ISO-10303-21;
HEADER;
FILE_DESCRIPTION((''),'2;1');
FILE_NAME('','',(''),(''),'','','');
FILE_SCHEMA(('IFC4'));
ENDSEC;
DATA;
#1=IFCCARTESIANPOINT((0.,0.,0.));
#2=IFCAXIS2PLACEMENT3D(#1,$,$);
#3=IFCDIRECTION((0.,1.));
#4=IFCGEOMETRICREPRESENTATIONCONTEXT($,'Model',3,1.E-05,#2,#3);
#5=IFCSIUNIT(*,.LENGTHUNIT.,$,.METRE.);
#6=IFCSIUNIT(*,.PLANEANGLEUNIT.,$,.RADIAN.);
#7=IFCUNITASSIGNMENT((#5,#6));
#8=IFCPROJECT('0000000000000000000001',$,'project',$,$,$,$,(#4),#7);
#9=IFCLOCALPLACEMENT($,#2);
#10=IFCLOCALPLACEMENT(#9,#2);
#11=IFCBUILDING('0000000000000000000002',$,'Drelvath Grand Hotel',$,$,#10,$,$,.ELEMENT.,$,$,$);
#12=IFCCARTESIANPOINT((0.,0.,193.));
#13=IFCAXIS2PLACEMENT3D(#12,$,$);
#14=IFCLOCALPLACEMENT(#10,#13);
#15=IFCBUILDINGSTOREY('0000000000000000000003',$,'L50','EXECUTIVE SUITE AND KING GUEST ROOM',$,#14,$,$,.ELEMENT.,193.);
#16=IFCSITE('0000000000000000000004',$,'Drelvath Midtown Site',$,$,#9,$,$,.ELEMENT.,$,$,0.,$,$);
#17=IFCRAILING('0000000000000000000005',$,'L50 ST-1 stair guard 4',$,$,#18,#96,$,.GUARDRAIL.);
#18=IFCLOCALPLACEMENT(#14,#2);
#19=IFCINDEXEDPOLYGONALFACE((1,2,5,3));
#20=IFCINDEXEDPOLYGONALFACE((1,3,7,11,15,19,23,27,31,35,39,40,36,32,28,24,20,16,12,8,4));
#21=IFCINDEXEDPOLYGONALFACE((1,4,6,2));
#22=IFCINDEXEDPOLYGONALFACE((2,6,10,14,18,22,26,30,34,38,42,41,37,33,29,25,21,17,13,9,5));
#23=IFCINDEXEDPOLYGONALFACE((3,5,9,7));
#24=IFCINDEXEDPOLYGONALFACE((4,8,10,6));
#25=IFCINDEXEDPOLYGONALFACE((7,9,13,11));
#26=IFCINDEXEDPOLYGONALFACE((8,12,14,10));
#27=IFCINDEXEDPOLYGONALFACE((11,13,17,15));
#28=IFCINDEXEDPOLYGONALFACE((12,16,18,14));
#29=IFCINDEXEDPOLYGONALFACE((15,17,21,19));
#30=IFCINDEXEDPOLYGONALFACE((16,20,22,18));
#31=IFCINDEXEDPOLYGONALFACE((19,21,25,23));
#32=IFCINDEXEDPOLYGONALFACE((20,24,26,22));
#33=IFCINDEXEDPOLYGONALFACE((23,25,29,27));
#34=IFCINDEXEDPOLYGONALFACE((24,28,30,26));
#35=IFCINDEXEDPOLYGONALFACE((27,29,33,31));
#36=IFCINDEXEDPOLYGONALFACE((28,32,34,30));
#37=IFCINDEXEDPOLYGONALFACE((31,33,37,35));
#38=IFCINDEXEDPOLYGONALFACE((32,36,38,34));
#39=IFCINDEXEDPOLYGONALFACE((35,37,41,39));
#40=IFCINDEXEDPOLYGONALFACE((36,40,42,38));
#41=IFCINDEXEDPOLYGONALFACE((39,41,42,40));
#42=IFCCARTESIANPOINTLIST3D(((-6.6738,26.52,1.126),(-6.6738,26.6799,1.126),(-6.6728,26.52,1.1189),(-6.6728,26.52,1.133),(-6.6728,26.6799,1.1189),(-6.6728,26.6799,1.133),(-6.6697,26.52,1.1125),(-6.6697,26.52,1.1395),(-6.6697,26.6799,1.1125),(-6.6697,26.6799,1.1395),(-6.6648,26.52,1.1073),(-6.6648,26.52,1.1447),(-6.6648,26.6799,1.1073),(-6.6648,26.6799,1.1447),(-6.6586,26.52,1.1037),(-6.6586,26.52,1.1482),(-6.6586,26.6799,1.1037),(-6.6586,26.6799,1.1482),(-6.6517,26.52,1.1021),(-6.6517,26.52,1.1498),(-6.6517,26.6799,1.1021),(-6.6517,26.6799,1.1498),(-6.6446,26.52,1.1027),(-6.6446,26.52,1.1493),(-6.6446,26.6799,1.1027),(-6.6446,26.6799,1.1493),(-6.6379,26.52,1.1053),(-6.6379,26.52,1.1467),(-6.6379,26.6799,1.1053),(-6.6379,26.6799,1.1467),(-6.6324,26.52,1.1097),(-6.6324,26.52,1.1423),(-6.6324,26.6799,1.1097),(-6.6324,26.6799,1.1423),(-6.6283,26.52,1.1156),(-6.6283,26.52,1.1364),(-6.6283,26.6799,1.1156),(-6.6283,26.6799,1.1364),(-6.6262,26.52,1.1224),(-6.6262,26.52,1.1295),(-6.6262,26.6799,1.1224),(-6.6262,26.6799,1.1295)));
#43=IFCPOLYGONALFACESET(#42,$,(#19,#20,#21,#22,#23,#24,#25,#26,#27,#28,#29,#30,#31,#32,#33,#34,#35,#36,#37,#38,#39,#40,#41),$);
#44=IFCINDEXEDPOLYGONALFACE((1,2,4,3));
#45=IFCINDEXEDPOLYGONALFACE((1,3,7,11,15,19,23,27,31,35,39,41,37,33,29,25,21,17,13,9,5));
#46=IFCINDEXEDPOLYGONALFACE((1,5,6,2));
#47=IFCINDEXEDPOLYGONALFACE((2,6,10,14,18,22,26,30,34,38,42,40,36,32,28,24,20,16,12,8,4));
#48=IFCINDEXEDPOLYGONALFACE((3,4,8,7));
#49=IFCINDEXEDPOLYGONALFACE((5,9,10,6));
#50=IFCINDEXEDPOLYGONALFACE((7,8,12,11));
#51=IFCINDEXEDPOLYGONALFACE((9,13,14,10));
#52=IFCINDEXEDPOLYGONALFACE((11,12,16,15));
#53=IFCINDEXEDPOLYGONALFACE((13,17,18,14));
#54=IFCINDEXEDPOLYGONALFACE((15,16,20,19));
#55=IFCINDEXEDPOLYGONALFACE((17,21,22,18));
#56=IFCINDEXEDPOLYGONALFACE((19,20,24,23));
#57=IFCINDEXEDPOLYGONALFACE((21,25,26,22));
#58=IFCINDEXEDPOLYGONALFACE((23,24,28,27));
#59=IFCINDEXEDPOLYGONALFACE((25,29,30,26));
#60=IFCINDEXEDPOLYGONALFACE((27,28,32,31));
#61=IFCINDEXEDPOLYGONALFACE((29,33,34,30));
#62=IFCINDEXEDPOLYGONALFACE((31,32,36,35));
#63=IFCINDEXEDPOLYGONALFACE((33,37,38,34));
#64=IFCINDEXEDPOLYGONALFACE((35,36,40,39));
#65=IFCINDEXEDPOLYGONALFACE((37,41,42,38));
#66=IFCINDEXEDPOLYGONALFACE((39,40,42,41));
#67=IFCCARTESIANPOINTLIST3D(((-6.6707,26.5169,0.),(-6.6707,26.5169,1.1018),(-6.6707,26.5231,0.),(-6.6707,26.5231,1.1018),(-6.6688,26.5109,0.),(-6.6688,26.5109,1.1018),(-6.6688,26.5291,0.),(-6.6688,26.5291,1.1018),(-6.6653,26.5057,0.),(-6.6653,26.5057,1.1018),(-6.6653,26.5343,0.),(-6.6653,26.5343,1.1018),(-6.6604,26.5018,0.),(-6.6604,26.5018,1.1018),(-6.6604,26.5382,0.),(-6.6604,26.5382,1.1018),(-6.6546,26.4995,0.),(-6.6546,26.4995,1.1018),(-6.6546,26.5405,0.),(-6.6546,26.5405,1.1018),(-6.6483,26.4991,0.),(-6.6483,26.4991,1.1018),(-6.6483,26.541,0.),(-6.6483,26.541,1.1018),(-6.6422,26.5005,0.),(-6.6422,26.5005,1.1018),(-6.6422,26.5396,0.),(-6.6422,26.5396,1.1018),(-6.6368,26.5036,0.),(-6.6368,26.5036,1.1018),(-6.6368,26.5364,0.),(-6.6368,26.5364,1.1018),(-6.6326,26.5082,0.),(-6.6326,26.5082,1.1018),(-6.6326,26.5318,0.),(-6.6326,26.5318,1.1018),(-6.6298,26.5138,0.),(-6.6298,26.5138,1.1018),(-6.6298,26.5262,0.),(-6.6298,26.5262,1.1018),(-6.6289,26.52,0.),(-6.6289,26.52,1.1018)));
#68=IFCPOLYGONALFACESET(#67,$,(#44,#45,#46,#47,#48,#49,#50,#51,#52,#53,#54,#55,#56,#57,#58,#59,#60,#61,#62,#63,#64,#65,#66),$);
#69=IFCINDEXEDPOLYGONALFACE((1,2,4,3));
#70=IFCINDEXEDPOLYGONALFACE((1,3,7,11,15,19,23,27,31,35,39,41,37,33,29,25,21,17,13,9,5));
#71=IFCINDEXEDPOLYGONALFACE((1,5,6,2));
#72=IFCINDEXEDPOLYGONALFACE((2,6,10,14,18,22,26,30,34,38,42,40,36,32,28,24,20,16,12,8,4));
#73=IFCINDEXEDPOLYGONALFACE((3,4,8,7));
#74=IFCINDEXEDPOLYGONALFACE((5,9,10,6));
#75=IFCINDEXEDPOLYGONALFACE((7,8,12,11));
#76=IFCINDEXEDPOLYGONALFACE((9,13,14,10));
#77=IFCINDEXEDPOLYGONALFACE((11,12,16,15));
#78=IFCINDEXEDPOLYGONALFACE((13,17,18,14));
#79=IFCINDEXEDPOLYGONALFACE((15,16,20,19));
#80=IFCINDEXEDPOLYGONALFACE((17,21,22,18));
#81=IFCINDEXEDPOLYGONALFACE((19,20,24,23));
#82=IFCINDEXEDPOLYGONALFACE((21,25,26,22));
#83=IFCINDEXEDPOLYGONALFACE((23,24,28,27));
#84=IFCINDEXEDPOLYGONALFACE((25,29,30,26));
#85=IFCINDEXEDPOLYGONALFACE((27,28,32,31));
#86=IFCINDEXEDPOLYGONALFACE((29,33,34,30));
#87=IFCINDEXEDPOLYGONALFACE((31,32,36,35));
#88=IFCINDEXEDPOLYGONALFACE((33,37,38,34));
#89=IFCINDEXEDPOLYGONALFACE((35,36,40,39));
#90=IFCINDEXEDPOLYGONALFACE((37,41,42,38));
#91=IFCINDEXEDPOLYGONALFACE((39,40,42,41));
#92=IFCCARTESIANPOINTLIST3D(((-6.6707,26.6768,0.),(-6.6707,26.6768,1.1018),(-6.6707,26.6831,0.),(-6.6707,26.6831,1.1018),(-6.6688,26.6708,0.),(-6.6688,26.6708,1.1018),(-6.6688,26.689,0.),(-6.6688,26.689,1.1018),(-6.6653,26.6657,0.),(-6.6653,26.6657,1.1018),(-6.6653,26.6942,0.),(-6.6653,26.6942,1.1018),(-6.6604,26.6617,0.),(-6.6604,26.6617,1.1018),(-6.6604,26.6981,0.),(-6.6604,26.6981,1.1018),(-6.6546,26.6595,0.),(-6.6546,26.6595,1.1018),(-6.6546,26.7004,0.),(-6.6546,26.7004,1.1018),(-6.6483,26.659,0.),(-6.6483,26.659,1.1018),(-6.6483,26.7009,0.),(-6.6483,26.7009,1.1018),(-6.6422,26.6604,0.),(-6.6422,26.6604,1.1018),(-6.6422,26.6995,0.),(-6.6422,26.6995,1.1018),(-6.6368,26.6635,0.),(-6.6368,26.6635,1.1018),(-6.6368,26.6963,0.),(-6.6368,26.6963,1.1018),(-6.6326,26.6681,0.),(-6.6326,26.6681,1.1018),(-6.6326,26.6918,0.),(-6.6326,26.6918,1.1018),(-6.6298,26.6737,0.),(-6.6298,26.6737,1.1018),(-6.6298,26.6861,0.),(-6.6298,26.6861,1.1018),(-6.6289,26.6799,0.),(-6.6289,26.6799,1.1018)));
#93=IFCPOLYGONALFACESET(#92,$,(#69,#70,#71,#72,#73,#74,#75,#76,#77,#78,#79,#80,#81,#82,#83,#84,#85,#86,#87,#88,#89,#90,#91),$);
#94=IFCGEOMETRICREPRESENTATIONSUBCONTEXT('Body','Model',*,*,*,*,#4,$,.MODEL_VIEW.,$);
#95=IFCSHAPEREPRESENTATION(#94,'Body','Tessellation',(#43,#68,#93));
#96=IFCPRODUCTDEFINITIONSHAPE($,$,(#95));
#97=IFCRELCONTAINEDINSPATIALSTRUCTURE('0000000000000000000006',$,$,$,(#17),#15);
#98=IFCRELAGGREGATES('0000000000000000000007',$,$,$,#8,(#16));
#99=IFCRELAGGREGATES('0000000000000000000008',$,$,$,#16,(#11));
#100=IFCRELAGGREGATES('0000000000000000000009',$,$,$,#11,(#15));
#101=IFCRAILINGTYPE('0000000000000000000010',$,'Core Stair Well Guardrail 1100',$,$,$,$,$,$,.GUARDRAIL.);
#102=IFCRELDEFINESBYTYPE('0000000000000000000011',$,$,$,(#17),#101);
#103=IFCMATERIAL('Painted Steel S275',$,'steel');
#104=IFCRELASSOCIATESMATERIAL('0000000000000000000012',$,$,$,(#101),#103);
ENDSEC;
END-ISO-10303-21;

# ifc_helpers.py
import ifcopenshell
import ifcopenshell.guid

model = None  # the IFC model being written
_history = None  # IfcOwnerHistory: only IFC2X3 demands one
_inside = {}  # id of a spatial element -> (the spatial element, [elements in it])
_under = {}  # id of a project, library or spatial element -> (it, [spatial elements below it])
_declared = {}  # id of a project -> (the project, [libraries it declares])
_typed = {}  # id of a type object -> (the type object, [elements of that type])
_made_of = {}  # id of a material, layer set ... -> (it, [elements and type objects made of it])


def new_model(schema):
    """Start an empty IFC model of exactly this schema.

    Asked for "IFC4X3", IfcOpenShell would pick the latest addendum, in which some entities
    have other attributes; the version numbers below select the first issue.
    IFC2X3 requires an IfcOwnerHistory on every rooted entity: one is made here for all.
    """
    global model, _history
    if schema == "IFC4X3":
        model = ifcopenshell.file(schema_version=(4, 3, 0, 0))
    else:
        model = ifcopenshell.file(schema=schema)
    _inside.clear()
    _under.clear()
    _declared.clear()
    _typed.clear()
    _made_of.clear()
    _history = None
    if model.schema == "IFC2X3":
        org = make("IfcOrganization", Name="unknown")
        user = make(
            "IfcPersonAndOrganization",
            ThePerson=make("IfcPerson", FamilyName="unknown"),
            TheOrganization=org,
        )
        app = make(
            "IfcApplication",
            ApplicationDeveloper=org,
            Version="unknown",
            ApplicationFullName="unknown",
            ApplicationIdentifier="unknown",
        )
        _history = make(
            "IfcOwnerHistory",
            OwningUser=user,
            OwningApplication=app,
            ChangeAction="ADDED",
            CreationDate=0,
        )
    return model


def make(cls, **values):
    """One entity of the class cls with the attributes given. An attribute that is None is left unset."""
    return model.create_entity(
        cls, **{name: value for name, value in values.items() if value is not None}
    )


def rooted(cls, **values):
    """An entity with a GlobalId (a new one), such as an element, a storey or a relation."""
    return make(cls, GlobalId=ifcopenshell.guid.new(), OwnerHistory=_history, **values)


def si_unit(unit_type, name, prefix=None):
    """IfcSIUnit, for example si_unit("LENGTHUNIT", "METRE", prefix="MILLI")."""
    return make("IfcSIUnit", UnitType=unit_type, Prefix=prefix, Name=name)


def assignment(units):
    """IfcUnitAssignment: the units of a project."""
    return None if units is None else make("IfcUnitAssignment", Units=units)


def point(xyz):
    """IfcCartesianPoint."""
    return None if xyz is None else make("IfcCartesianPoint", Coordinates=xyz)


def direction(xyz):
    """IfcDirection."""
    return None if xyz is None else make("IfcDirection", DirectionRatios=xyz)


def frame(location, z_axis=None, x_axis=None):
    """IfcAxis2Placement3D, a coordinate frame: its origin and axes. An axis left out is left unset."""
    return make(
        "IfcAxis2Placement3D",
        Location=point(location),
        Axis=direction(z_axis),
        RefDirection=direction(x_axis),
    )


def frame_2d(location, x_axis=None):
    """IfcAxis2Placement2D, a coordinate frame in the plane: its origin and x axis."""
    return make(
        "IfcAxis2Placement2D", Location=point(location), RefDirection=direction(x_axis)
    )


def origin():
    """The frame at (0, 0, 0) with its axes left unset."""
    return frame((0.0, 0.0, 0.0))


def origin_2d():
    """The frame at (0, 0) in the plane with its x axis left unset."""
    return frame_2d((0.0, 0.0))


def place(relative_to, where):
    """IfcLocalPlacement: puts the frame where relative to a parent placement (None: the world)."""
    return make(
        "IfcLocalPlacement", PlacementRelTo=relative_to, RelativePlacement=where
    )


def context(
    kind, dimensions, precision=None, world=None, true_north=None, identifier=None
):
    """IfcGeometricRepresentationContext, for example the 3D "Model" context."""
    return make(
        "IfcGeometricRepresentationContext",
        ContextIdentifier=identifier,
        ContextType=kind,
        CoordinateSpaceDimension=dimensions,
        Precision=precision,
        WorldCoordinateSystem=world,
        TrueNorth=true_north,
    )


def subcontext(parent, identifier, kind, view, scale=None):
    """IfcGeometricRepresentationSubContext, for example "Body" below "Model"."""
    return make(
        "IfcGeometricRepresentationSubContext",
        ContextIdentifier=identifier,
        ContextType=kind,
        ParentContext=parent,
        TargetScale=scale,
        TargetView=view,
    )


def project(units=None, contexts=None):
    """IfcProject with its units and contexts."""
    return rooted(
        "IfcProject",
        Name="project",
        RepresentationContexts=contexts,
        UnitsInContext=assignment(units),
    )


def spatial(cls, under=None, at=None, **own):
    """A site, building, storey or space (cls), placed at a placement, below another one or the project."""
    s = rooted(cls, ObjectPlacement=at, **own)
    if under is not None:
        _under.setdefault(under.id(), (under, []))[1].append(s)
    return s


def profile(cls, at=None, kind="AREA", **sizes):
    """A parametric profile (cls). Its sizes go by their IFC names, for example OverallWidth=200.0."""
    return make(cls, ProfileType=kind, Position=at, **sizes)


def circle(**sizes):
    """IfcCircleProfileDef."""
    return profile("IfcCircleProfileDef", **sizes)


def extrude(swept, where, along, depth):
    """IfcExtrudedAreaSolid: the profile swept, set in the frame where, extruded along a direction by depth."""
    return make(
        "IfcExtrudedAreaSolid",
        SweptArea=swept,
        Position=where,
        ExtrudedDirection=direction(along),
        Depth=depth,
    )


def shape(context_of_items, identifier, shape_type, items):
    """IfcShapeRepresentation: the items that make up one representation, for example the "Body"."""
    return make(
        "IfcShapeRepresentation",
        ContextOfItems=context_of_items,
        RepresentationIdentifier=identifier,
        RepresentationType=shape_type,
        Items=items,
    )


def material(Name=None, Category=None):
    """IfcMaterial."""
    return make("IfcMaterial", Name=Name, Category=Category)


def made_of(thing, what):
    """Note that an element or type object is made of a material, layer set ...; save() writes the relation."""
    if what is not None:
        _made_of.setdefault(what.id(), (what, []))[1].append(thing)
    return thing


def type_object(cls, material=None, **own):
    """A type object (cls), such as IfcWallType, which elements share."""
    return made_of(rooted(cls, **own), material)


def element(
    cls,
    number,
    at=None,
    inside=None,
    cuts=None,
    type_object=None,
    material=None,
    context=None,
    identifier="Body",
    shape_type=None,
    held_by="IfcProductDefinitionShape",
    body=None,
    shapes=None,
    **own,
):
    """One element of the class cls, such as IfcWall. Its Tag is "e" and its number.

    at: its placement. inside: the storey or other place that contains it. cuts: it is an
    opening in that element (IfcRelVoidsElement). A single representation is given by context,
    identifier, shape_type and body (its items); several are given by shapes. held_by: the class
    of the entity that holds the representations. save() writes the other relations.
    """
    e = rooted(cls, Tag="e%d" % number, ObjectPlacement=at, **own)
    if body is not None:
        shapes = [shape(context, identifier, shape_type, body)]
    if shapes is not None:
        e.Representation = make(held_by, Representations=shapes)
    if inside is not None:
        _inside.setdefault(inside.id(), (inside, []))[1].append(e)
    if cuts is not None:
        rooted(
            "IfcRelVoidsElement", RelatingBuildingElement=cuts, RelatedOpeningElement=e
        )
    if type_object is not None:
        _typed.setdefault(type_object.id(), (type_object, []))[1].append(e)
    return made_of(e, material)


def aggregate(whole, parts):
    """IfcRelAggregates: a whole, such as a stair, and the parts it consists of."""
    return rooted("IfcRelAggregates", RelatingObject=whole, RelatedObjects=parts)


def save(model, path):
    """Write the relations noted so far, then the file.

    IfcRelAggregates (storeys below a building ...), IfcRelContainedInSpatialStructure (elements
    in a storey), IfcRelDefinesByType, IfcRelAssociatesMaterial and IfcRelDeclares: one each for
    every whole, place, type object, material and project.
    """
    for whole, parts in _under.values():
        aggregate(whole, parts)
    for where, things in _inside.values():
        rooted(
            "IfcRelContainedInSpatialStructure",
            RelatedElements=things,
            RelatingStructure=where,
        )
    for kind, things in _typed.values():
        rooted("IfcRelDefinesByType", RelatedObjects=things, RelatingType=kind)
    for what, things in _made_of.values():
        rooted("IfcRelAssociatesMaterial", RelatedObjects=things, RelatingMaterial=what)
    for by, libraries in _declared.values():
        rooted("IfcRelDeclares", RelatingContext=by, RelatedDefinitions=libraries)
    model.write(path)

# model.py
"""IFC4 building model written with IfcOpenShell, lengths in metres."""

from ifc_helpers import new_model, si_unit, direction, frame, origin, origin_2d, place, context, subcontext, project, spatial, circle, extrude, material, type_object, element, save


model = new_model("IFC4")

# Units and contexts
model_context = context("Model", 3, precision=1e-05, world=origin(), true_north=direction((0.0, 1.0)))
body_context = subcontext(model_context, "Body", "Model", "MODEL_VIEW")
ifc_project = project(units=[si_unit("LENGTHUNIT", "METRE"), si_unit("PLANEANGLEUNIT", "RADIAN")], contexts=[model_context])

# Site, building, storey
site_placement = place(None, origin())
site = spatial("IfcSite", under=ifc_project, at=site_placement, Name="Drelvath Midtown Site", CompositionType="ELEMENT", RefElevation=0.0)
building_placement = place(site_placement, origin())
building = spatial("IfcBuilding", under=site, at=building_placement, Name="Drelvath Grand Hotel", CompositionType="ELEMENT")
storey_placement = place(building_placement, frame((0.0, 0.0, 193.0)))
storey = spatial("IfcBuildingStorey", under=building, at=storey_placement, Name="L50", Description="EXECUTIVE SUITE AND KING GUEST ROOM", CompositionType="ELEMENT", Elevation=193.0)

# Shared definitions
ifc_material_1 = material(Name="Painted Steel S275", Category="steel")

# Railing
railing_type_1 = type_object("IfcRailingType", Name="Core Stair Well Guardrail 1100", PredefinedType="GUARDRAIL", material=ifc_material_1)
railing_1_placement = place(storey_placement, frame((-6.6499, 26.52, 0.0)))
element("IfcRailing", 1, at=railing_1_placement, inside=storey, type_object=railing_type_1, Name="L50 ST-1 stair guard 4", PredefinedType="GUARDRAIL", context=body_context, shape_type="SweptSolid", body=[
    extrude(circle(Radius=0.0239, at=origin_2d()), frame((0.0, 0.0, 1.126), z_axis=(0.0, 1.0, 0.0), x_axis=(-1.0, 0.0, 0.0)), (0.0, 0.0, 1.0), 0.1599),
    extrude(circle(Radius=0.021, at=origin_2d()), origin(), (0.0, 0.0, 1.0), 1.1018),
    extrude(circle(Radius=0.021, at=origin_2d()), frame((0.0, 0.1599, 0.0)), (0.0, 0.0, 1.0), 1.1018),
])

save(model, "model.ifc")
